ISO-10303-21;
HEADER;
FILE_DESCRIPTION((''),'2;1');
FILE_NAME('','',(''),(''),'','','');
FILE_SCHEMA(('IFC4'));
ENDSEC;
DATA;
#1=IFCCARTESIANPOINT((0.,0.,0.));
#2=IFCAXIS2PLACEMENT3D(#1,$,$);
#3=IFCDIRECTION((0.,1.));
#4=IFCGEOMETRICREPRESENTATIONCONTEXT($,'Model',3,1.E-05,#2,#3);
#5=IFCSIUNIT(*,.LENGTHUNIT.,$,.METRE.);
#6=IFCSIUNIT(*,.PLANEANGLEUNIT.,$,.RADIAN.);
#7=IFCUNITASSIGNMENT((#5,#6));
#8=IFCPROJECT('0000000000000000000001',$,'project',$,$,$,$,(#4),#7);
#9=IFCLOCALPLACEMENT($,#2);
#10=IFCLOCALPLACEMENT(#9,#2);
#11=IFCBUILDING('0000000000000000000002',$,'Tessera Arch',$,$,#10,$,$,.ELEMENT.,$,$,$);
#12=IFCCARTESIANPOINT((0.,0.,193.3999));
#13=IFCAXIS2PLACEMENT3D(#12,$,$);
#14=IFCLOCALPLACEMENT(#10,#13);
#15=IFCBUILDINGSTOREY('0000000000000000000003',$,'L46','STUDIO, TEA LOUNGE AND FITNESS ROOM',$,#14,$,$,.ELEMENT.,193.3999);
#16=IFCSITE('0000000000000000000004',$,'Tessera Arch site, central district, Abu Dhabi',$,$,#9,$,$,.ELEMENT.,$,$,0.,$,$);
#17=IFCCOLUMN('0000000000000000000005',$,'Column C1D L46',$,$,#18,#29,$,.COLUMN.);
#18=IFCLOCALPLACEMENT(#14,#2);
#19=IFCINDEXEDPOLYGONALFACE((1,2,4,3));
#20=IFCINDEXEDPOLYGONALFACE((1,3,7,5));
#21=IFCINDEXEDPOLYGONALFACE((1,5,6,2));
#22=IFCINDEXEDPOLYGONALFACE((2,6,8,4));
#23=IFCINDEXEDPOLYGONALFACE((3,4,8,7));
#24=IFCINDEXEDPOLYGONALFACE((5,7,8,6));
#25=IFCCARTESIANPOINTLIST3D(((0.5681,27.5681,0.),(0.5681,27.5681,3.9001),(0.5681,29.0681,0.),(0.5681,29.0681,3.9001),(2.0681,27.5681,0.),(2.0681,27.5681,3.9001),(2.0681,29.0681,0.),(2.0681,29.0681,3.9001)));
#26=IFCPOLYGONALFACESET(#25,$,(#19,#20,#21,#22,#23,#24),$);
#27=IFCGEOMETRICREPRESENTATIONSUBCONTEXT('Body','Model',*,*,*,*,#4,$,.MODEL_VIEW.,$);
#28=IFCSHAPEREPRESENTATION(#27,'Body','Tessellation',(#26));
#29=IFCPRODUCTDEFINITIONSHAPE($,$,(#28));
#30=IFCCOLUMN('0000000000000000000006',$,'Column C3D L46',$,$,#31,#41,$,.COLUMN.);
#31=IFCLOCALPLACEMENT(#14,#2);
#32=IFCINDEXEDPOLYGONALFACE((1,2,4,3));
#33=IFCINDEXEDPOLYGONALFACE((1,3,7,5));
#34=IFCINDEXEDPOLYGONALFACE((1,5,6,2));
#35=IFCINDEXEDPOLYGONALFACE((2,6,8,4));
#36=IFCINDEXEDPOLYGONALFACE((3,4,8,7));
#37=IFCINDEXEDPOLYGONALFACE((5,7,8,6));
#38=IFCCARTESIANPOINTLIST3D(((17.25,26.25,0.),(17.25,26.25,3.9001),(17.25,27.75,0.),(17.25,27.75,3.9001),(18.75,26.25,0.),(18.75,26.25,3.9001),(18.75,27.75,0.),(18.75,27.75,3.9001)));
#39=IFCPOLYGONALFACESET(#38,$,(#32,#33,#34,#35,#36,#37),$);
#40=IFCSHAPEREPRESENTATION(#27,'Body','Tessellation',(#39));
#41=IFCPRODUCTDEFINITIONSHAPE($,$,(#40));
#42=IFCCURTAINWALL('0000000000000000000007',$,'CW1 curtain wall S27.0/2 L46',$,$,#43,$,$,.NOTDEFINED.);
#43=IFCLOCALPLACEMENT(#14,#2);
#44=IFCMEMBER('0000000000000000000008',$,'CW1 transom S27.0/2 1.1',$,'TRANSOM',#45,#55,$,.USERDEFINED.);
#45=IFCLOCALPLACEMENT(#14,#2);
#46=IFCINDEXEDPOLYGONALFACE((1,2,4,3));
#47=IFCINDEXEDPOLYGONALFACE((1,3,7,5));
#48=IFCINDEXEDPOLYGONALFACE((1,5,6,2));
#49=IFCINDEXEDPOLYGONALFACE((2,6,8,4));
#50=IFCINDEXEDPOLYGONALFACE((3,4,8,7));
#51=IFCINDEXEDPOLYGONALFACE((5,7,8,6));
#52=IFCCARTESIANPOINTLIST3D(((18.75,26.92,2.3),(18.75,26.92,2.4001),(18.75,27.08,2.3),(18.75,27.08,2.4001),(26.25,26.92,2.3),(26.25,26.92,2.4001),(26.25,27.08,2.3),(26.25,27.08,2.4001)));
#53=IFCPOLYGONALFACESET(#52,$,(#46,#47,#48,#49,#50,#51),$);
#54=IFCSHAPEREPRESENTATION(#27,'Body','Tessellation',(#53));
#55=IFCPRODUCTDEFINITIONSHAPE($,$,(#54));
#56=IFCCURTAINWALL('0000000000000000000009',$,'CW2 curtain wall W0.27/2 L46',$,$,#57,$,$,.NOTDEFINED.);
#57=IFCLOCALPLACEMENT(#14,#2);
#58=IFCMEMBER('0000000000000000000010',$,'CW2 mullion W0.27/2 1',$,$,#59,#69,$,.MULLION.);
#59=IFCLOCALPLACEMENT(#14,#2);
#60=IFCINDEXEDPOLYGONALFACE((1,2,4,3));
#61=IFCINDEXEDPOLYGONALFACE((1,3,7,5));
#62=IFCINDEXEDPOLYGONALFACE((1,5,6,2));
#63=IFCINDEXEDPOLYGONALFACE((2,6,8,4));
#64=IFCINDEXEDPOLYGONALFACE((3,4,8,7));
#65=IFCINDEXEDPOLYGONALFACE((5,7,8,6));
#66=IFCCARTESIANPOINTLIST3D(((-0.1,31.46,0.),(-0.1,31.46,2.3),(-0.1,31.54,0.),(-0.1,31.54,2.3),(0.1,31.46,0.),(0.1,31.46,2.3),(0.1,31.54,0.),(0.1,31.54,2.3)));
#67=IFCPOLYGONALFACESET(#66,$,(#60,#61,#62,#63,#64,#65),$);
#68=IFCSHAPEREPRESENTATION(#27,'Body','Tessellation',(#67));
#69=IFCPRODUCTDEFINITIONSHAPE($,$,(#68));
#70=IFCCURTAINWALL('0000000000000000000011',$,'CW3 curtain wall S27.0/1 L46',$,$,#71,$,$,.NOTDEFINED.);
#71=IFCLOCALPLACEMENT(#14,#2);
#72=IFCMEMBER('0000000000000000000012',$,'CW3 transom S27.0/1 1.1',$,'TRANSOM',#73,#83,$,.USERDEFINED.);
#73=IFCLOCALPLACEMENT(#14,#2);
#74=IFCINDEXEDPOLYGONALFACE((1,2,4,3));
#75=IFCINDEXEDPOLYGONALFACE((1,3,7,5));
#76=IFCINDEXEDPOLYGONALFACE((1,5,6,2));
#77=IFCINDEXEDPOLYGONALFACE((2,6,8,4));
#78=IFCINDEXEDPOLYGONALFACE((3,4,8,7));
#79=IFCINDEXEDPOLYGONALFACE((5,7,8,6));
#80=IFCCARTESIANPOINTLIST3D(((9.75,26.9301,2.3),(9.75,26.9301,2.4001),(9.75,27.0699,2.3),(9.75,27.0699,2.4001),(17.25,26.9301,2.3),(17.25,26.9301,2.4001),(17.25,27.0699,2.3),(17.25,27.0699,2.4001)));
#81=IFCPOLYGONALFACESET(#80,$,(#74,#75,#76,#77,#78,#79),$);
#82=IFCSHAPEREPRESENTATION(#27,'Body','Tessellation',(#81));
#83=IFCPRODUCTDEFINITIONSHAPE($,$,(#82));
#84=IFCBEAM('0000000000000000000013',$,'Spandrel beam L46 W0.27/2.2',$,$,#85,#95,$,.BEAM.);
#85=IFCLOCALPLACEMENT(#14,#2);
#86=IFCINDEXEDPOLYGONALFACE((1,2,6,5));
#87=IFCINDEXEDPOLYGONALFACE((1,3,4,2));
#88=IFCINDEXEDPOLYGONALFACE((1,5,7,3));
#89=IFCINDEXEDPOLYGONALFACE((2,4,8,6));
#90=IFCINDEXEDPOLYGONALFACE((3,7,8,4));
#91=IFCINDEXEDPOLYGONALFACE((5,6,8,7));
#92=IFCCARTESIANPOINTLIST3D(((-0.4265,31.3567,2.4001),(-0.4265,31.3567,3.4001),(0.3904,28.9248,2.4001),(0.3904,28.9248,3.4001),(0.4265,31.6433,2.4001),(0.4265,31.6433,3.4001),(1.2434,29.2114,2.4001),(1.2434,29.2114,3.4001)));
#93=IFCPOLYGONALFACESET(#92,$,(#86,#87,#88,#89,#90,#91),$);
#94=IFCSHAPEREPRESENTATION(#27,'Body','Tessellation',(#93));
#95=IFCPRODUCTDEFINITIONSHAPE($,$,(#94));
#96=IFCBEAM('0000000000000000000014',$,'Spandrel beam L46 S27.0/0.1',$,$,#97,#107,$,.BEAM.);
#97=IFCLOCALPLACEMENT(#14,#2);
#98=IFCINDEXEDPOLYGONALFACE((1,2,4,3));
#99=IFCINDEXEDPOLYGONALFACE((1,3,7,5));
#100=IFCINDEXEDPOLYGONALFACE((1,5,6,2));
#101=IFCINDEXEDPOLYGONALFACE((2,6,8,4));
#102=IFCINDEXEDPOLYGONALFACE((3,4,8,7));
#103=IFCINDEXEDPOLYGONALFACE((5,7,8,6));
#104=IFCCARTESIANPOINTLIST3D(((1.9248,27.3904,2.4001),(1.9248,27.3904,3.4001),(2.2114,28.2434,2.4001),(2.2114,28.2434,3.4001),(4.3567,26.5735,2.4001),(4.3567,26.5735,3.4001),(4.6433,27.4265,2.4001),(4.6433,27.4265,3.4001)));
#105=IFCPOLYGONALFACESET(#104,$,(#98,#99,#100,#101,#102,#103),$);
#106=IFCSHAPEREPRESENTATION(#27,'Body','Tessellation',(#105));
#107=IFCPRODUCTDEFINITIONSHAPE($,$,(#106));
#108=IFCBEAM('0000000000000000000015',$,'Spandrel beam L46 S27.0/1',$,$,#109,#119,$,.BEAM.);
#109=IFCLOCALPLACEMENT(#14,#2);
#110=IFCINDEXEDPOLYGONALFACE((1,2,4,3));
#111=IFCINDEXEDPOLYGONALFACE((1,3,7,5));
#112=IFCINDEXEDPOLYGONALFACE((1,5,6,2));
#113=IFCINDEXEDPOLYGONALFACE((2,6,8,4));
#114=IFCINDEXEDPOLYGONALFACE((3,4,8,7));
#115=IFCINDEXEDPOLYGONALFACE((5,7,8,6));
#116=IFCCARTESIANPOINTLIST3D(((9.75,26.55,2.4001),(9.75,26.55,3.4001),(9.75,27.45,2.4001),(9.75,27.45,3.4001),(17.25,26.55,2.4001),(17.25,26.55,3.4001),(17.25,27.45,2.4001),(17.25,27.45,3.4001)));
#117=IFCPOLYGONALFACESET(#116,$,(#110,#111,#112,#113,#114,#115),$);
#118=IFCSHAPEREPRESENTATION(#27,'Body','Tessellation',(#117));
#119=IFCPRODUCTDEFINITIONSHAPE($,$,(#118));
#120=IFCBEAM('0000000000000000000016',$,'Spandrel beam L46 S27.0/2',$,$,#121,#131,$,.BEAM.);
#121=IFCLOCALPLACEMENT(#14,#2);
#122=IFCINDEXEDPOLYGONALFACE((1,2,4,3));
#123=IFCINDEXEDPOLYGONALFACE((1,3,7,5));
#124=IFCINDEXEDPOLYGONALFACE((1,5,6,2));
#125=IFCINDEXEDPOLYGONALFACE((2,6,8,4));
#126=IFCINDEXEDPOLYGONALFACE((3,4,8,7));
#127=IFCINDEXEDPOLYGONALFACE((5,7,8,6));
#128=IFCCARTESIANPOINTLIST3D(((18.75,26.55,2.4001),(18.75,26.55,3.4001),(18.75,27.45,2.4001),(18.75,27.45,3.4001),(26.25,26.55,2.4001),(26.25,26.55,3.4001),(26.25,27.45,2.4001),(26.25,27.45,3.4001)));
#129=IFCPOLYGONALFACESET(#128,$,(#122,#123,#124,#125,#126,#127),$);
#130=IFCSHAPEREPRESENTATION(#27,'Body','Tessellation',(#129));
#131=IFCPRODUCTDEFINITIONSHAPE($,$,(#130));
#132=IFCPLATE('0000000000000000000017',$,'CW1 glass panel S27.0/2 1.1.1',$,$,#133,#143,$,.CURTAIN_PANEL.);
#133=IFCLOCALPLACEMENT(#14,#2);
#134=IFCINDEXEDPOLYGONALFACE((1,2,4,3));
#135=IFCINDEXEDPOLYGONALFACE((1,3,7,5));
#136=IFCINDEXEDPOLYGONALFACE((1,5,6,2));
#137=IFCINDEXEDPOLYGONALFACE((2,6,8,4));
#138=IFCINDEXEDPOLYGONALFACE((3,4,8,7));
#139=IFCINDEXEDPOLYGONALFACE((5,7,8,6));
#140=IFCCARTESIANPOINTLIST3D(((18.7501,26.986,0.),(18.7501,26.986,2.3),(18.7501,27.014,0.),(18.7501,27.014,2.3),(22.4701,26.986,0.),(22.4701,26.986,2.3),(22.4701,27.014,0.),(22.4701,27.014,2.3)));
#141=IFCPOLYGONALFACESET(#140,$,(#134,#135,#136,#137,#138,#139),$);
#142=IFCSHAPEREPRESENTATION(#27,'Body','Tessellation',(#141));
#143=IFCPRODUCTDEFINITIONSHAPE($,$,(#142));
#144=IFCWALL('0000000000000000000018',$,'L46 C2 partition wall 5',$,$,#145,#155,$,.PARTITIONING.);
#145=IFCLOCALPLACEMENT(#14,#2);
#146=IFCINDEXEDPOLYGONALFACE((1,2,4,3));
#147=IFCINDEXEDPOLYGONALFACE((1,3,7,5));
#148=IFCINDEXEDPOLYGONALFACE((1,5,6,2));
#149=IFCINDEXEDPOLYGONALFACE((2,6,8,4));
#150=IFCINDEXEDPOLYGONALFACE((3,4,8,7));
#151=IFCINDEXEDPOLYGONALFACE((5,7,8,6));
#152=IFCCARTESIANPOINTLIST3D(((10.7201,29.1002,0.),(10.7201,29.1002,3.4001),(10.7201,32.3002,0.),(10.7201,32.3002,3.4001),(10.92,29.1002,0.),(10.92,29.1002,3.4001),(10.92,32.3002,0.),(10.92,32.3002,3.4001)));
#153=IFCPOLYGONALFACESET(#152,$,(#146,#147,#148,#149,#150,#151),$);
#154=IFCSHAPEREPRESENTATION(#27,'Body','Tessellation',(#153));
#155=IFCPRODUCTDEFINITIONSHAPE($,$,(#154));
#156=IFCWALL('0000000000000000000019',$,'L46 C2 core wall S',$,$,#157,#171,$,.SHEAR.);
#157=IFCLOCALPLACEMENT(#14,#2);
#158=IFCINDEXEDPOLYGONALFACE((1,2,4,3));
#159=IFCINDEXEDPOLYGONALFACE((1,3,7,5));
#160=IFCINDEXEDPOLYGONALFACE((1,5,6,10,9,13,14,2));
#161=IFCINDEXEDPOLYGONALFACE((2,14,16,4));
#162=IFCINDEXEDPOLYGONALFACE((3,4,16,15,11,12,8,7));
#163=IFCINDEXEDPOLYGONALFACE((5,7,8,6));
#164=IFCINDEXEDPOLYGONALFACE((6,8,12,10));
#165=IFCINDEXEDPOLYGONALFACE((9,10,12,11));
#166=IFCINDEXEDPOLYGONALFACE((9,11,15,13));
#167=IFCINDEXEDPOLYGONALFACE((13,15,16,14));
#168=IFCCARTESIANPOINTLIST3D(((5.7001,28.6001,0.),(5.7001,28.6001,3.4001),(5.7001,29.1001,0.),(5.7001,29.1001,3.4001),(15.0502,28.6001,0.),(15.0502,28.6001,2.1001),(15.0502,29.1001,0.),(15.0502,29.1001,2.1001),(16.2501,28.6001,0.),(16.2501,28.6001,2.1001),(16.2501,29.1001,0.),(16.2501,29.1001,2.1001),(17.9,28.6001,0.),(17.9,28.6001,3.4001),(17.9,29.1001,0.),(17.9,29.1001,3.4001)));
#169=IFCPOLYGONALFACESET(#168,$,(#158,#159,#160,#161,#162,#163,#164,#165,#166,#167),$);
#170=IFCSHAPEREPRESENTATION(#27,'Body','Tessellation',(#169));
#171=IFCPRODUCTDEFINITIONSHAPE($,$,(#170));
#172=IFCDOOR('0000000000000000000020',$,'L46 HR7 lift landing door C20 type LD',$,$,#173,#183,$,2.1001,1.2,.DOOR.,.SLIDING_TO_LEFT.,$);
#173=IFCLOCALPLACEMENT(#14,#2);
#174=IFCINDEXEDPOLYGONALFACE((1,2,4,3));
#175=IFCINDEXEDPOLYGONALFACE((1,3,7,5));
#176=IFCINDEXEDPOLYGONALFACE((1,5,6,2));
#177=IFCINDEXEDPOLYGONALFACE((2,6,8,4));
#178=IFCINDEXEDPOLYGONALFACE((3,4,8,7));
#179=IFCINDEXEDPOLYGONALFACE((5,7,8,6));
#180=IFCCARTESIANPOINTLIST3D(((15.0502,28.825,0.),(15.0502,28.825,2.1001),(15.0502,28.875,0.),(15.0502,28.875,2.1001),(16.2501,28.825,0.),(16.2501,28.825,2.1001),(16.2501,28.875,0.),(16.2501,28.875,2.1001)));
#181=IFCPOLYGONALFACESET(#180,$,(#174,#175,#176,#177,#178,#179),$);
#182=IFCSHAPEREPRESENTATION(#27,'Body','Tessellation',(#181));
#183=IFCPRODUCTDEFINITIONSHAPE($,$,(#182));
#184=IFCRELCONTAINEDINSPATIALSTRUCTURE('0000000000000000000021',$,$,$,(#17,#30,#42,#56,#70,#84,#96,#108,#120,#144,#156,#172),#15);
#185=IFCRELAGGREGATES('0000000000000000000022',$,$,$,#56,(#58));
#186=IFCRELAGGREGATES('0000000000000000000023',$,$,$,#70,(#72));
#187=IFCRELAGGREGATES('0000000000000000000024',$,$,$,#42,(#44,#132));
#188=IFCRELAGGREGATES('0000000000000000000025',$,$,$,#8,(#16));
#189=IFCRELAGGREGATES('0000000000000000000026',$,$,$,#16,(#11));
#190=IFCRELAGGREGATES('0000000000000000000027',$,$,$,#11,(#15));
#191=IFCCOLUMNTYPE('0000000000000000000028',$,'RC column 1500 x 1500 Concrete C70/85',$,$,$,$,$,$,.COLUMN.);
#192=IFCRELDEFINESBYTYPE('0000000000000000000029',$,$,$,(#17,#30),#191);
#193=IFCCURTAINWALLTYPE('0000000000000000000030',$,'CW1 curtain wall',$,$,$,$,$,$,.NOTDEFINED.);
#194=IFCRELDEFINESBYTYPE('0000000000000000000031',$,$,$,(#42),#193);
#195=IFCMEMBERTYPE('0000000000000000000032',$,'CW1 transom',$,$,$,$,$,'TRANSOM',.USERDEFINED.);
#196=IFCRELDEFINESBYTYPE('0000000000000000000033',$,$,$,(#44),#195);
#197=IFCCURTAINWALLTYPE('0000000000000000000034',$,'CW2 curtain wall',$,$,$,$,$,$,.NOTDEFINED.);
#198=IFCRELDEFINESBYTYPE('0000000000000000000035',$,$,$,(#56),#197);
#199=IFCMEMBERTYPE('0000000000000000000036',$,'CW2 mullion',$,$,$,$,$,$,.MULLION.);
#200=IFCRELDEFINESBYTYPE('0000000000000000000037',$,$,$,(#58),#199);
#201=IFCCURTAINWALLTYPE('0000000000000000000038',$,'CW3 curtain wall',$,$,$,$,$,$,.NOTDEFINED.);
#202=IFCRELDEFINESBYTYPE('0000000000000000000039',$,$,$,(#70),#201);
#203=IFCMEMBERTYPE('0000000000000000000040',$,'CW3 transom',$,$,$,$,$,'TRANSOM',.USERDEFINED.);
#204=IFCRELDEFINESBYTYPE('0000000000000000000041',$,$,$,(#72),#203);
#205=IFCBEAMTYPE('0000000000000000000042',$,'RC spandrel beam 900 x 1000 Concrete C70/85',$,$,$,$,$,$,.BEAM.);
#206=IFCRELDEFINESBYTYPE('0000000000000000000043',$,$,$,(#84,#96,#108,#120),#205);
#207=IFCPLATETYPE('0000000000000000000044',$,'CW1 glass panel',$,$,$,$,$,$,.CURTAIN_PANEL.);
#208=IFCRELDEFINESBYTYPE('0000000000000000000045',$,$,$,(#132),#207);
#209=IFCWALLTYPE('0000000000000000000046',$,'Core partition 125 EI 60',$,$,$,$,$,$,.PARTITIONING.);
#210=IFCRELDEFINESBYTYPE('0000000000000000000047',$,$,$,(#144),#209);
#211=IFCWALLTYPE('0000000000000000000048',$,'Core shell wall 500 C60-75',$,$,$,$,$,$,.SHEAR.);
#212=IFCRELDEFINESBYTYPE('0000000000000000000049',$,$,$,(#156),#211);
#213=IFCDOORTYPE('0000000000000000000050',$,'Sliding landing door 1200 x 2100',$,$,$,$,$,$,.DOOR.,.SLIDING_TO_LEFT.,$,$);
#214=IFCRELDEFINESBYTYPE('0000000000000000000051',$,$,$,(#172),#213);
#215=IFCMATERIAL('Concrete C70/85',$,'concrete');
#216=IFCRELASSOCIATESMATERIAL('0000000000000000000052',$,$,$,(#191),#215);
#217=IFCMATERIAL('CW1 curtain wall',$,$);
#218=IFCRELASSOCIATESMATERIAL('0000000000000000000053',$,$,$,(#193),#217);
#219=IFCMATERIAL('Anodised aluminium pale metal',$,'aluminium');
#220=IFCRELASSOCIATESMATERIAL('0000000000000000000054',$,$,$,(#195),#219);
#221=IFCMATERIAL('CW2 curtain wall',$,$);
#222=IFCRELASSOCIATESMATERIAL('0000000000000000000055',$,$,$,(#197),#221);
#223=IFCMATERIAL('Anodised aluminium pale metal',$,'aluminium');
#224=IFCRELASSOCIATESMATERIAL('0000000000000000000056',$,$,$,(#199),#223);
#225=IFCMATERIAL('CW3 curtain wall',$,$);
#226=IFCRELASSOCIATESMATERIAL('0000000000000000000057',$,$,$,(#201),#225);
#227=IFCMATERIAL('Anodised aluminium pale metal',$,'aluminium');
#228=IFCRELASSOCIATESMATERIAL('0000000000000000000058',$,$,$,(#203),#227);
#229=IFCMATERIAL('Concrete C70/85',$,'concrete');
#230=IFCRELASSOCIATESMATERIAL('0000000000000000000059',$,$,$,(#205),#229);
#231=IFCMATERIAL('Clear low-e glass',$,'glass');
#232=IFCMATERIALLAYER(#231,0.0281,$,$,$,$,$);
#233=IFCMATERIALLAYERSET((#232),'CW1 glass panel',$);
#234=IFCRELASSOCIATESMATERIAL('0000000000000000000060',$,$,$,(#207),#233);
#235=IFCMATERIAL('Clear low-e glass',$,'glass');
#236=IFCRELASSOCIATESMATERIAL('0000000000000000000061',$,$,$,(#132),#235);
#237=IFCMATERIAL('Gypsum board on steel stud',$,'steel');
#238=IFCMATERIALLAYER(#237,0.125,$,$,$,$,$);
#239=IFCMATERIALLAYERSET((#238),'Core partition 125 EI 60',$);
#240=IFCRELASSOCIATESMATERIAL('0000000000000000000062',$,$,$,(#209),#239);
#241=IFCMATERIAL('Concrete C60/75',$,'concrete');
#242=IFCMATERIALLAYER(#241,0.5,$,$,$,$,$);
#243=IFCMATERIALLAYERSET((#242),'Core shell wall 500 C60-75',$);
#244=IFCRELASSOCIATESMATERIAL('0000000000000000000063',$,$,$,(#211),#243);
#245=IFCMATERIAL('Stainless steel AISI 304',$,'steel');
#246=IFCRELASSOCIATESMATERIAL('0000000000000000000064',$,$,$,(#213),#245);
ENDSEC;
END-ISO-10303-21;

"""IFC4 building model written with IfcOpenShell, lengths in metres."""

from ifc_helpers import new_model, si_unit, direction, frame, frame_2d, origin, origin_2d, place, context, subcontext, project, spatial, rectangle, extrude, material, layer, layer_set, material_profile, profile_set, type_object, element, fill, aggregate, save


model = new_model("IFC4")

# Units and contexts
model_context = context("Model", 3, precision=1e-05, world=origin(), true_north=direction((0.0, 1.0)))
body_context = subcontext(model_context, "Body", "Model", "MODEL_VIEW")
ifc_project = project(units=[si_unit("LENGTHUNIT", "METRE"), si_unit("PLANEANGLEUNIT", "RADIAN")], contexts=[model_context])

# Site, building, storey
site_placement = place(None, origin())
site = spatial("IfcSite", under=ifc_project, at=site_placement, Name="Tessera Arch site, central district, Abu Dhabi", CompositionType="ELEMENT", RefElevation=0.0)
building_placement = place(site_placement, origin())
building = spatial("IfcBuilding", under=site, at=building_placement, Name="Tessera Arch", CompositionType="ELEMENT")
storey_placement = place(building_placement, frame((0.0, 0.0, 193.3999)))
storey = spatial("IfcBuildingStorey", under=building, at=storey_placement, Name="L46", Description="STUDIO, TEA LOUNGE AND FITNESS ROOM", CompositionType="ELEMENT", Elevation=193.3999)

# Columns
ifc_material_1 = material(Name="Concrete C70/85", Category="concrete")
ifc_material_profile_1 = material_profile(ifc_material_1, rectangle(XDim=1.5, YDim=1.5, at=origin_2d()), Name="RC column 1500 x 1500 Concrete C70/85")
ifc_profile_set_1 = profile_set([ifc_material_profile_1], Name="Concrete C70/85")
column_type = type_object("IfcColumnType", Name="RC column 1500 x 1500 Concrete C70/85", PredefinedType="COLUMN", material=ifc_profile_set_1)
for number, where, z_axis, x_axis, name in (
    (1, (1.3181, 28.3181, 0.0), (0.0, 0.0, 1.0), (1.0, 0.0, 0.0), "Column C1D L46"),
    (2, (18.0, 27.0, 0.0), (0.0, 0.0, 1.0), (1.0, 0.0, 0.0), "Column C3D L46"),
):
    element("IfcColumn", number, at=place(storey_placement, frame(where, z_axis=z_axis, x_axis=x_axis)), inside=storey, type_object=column_type, Name=name, PredefinedType="COLUMN", context=body_context, shape_type="SweptSolid", body=[
        extrude(rectangle(XDim=1.5, YDim=1.5, at=origin_2d()), origin(), (0.0, 0.0, 1.0), 3.9001),
    ])

# Curtain walls, members
ifc_material_2 = material(Name="CW1 curtain wall")
curtain_wall_type_1 = type_object("IfcCurtainWallType", Name="CW1 curtain wall", PredefinedType="NOTDEFINED", material=ifc_material_2)
curtain_wall_1_placement = place(storey_placement, origin())
curtain_wall_1 = element("IfcCurtainWall", 3, at=curtain_wall_1_placement, inside=storey, type_object=curtain_wall_type_1, Name="CW1 curtain wall S27.0/2 L46", PredefinedType="NOTDEFINED")
ifc_material_3 = material(Name="Anodised aluminium pale metal", Category="aluminium")
ifc_material_profile_2 = material_profile(ifc_material_3, rectangle(XDim=0.1599, YDim=0.1001, at=origin_2d()), Name="AL 160x100")
ifc_profile_set_2 = profile_set([ifc_material_profile_2], Name="Anodised aluminium pale metal")
member_type_1 = type_object("IfcMemberType", Name="CW1 transom", ElementType="TRANSOM", PredefinedType="USERDEFINED", material=ifc_profile_set_2)
member_1_placement = place(storey_placement, frame((18.75, 27.0, 2.3501), z_axis=(1.0, 0.0, 0.0), x_axis=(0.0, 1.0, 0.0)))
member_1 = element("IfcMember", 4, at=member_1_placement, type_object=member_type_1, Name="CW1 transom S27.0/2 1.1", ObjectType="TRANSOM", PredefinedType="USERDEFINED", context=body_context, shape_type="SweptSolid", body=[
    extrude(rectangle(XDim=0.1599, YDim=0.1001, at=origin_2d()), origin(), (0.0, 0.0, 1.0), 7.5),
])
ifc_material_4 = material(Name="CW2 curtain wall")
curtain_wall_type_2 = type_object("IfcCurtainWallType", Name="CW2 curtain wall", PredefinedType="NOTDEFINED", material=ifc_material_4)
curtain_wall_2_placement = place(storey_placement, origin())
curtain_wall_2 = element("IfcCurtainWall", 5, at=curtain_wall_2_placement, inside=storey, type_object=curtain_wall_type_2, Name="CW2 curtain wall W0.27/2 L46", PredefinedType="NOTDEFINED")
ifc_material_5 = material(Name="Anodised aluminium pale metal", Category="aluminium")
ifc_material_profile_3 = material_profile(ifc_material_5, rectangle(XDim=0.2, YDim=0.0801, at=origin_2d()), Name="AL 80x200")
ifc_profile_set_3 = profile_set([ifc_material_profile_3], Name="Anodised aluminium pale metal")
member_type_2 = type_object("IfcMemberType", Name="CW2 mullion", PredefinedType="MULLION", material=ifc_profile_set_3)
member_2_placement = place(storey_placement, frame((0.0, 31.5, 0.0), z_axis=(0.0, 0.0, 1.0), x_axis=(1.0, 0.0, 0.0)))
member_2 = element("IfcMember", 6, at=member_2_placement, type_object=member_type_2, Name="CW2 mullion W0.27/2 1", PredefinedType="MULLION", context=body_context, shape_type="SweptSolid", body=[
    extrude(rectangle(XDim=0.2, YDim=0.0801, at=origin_2d()), origin(), (0.0, 0.0, 1.0), 2.3),
])
aggregate(curtain_wall_2, [member_2])
ifc_material_6 = material(Name="CW3 curtain wall")
curtain_wall_type_3 = type_object("IfcCurtainWallType", Name="CW3 curtain wall", PredefinedType="NOTDEFINED", material=ifc_material_6)
curtain_wall_3_placement = place(storey_placement, origin())
curtain_wall_3 = element("IfcCurtainWall", 7, at=curtain_wall_3_placement, inside=storey, type_object=curtain_wall_type_3, Name="CW3 curtain wall S27.0/1 L46", PredefinedType="NOTDEFINED")
ifc_material_7 = material(Name="Anodised aluminium pale metal", Category="aluminium")
ifc_material_profile_4 = material_profile(ifc_material_7, rectangle(XDim=0.1399, YDim=0.1001, at=origin_2d()), Name="AL 140x100")
ifc_profile_set_4 = profile_set([ifc_material_profile_4], Name="Anodised aluminium pale metal")
member_type_3 = type_object("IfcMemberType", Name="CW3 transom", ElementType="TRANSOM", PredefinedType="USERDEFINED", material=ifc_profile_set_4)
member_3_placement = place(storey_placement, frame((9.75, 27.0, 2.3501), z_axis=(1.0, 0.0, 0.0), x_axis=(0.0, 1.0, 0.0)))
member_3 = element("IfcMember", 8, at=member_3_placement, type_object=member_type_3, Name="CW3 transom S27.0/1 1.1", ObjectType="TRANSOM", PredefinedType="USERDEFINED", context=body_context, shape_type="SweptSolid", body=[
    extrude(rectangle(XDim=0.1399, YDim=0.1001, at=origin_2d()), origin(), (0.0, 0.0, 1.0), 7.5),
])
aggregate(curtain_wall_3, [member_3])

# Beams
ifc_material_8 = material(Name="Concrete C70/85", Category="concrete")
ifc_material_profile_5 = material_profile(ifc_material_8, rectangle(XDim=0.8999, YDim=1.0, at=origin_2d()), Name="RC spandrel beam 900 x 1000 Concrete C70/85")
ifc_profile_set_5 = profile_set([ifc_material_profile_5], Name="Concrete C70/85")
beam_type = type_object("IfcBeamType", Name="RC spandrel beam 900 x 1000 Concrete C70/85", PredefinedType="BEAM", material=ifc_profile_set_5)
for number, where, z_axis, x_axis, name in (
    (9, (0.0, 31.5, 2.9001), (0.318425, -0.947948, 0.0), (0.947948, 0.318425, 0.0), "Spandrel beam L46 W0.27/2.2"),
    (10, (2.0681, 27.8169, 2.9001), (0.947948, -0.318425, 0.0), (0.318425, 0.947948, 0.0), "Spandrel beam L46 S27.0/0.1"),
):
    element("IfcBeam", number, at=place(storey_placement, frame(where, z_axis=z_axis, x_axis=x_axis)), inside=storey, type_object=beam_type, Name=name, PredefinedType="BEAM", context=body_context, shape_type="SweptSolid", body=[
        extrude(rectangle(XDim=0.8999, YDim=1.0, at=origin_2d()), origin(), (0.0, 0.0, 1.0), 2.5654),
    ])
for number, where, z_axis, x_axis, name in (
    (11, (9.75, 27.0, 2.9001), (1.0, 0.0, 0.0), (0.0, 1.0, 0.0), "Spandrel beam L46 S27.0/1"),
    (12, (18.75, 27.0, 2.9001), (1.0, 0.0, 0.0), (0.0, 1.0, 0.0), "Spandrel beam L46 S27.0/2"),
):
    element("IfcBeam", number, at=place(storey_placement, frame(where, z_axis=z_axis, x_axis=x_axis)), inside=storey, type_object=beam_type, Name=name, PredefinedType="BEAM", context=body_context, shape_type="SweptSolid", body=[
        extrude(rectangle(XDim=0.8999, YDim=1.0, at=origin_2d()), origin(), (0.0, 0.0, 1.0), 7.5),
    ])

# Plate
ifc_material_9 = material(Name="Clear low-e glass", Category="glass")
ifc_material_10 = material(Name="Clear low-e glass", Category="glass")
ifc_layer_1 = layer(ifc_material_10, 0.0281)
ifc_layer_set_1 = layer_set([ifc_layer_1], Name="CW1 glass panel")
plate_type = type_object("IfcPlateType", Name="CW1 glass panel", PredefinedType="CURTAIN_PANEL", material=ifc_layer_set_1)
plate_placement = place(storey_placement, frame((20.6101, 27.0, 0.0), z_axis=(0.0, 0.0, 1.0), x_axis=(1.0, 0.0, 0.0)))
plate = element("IfcPlate", 13, at=plate_placement, type_object=plate_type, material=ifc_material_9, Name="CW1 glass panel S27.0/2 1.1.1", PredefinedType="CURTAIN_PANEL", context=body_context, shape_type="SweptSolid", body=[
    extrude(rectangle(XDim=3.72, YDim=0.0281, at=origin_2d()), origin(), (0.0, 0.0, 1.0), 2.3),
])
aggregate(curtain_wall_1, [member_1, plate])

# Wall
ifc_material_11 = material(Name="Gypsum board on steel stud", Category="steel")
ifc_layer_2 = layer(ifc_material_11, 0.125)
ifc_layer_set_2 = layer_set([ifc_layer_2], Name="Core partition 125 EI 60")
wall_type_1 = type_object("IfcWallType", Name="Core partition 125 EI 60", PredefinedType="PARTITIONING", material=ifc_layer_set_2)
wall_1_placement = place(storey_placement, frame((10.8201, 29.1001, 0.0), z_axis=(0.0, 0.0, 1.0), x_axis=(0.0, 1.0, 0.0)))
element("IfcWall", 14, at=wall_1_placement, inside=storey, type_object=wall_type_1, Name="L46 C2 partition wall 5", PredefinedType="PARTITIONING", context=body_context, shape_type="SweptSolid", body=[
    extrude(rectangle(XDim=3.2, YDim=0.2, at=frame_2d((1.6001, 0.0))), origin(), (0.0, 0.0, 1.0), 3.4001),
])

# Wall, opening, door
ifc_material_12 = material(Name="Concrete C60/75", Category="concrete")
ifc_layer_3 = layer(ifc_material_12, 0.5)
ifc_layer_set_3 = layer_set([ifc_layer_3], Name="Core shell wall 500 C60-75")
wall_type_2 = type_object("IfcWallType", Name="Core shell wall 500 C60-75", PredefinedType="SHEAR", material=ifc_layer_set_3)
wall_2_placement = place(storey_placement, frame((5.7, 28.8501, 0.0), z_axis=(0.0, 0.0, 1.0), x_axis=(1.0, 0.0, 0.0)))
wall_2 = element("IfcWall", 15, at=wall_2_placement, inside=storey, type_object=wall_type_2, Name="L46 C2 core wall S", PredefinedType="SHEAR", context=body_context, shape_type="SweptSolid", body=[
    extrude(rectangle(XDim=12.2, YDim=0.5, at=frame_2d((6.1001, 0.0))), origin(), (0.0, 0.0, 1.0), 3.4001),
])
opening_1_placement = place(wall_2_placement, frame((9.3501, 0.0, 0.0)))
opening_1 = element("IfcOpeningElement", 16, at=opening_1_placement, cuts=wall_2, PredefinedType="OPENING", context=body_context, shape_type="SweptSolid", body=[
    extrude(rectangle(XDim=1.2, YDim=2.1001, at=frame_2d((0.6001, 1.05))), frame((0.0, 0.26, 0.0), z_axis=(0.0, -1.0, 0.0), x_axis=(1.0, 0.0, 0.0)), (0.0, 0.0, 1.0), 0.52),
])
ifc_material_13 = material(Name="Stainless steel AISI 304", Category="steel")
door_type_1 = type_object("IfcDoorType", Name="Sliding landing door 1200 x 2100", OperationType="SLIDING_TO_LEFT", PredefinedType="DOOR", material=ifc_material_13)
door_1_placement = place(opening_1_placement, origin())
door_1 = element("IfcDoor", 17, at=door_1_placement, inside=storey, type_object=door_type_1, Name="L46 HR7 lift landing door C20 type LD", OperationType="SLIDING_TO_LEFT", OverallHeight=2.1001, OverallWidth=1.2, PredefinedType="DOOR", context=body_context, shape_type="SweptSolid", body=[
    extrude(rectangle(XDim=1.2, YDim=2.1001, at=frame_2d((0.6001, 1.05))), frame((0.0, 0.0249, 0.0), z_axis=(0.0, -1.0, 0.0), x_axis=(1.0, 0.0, 0.0)), (0.0, 0.0, 1.0), 0.05),
])
fill(opening_1, door_1)

save(model, "model.ifc")
